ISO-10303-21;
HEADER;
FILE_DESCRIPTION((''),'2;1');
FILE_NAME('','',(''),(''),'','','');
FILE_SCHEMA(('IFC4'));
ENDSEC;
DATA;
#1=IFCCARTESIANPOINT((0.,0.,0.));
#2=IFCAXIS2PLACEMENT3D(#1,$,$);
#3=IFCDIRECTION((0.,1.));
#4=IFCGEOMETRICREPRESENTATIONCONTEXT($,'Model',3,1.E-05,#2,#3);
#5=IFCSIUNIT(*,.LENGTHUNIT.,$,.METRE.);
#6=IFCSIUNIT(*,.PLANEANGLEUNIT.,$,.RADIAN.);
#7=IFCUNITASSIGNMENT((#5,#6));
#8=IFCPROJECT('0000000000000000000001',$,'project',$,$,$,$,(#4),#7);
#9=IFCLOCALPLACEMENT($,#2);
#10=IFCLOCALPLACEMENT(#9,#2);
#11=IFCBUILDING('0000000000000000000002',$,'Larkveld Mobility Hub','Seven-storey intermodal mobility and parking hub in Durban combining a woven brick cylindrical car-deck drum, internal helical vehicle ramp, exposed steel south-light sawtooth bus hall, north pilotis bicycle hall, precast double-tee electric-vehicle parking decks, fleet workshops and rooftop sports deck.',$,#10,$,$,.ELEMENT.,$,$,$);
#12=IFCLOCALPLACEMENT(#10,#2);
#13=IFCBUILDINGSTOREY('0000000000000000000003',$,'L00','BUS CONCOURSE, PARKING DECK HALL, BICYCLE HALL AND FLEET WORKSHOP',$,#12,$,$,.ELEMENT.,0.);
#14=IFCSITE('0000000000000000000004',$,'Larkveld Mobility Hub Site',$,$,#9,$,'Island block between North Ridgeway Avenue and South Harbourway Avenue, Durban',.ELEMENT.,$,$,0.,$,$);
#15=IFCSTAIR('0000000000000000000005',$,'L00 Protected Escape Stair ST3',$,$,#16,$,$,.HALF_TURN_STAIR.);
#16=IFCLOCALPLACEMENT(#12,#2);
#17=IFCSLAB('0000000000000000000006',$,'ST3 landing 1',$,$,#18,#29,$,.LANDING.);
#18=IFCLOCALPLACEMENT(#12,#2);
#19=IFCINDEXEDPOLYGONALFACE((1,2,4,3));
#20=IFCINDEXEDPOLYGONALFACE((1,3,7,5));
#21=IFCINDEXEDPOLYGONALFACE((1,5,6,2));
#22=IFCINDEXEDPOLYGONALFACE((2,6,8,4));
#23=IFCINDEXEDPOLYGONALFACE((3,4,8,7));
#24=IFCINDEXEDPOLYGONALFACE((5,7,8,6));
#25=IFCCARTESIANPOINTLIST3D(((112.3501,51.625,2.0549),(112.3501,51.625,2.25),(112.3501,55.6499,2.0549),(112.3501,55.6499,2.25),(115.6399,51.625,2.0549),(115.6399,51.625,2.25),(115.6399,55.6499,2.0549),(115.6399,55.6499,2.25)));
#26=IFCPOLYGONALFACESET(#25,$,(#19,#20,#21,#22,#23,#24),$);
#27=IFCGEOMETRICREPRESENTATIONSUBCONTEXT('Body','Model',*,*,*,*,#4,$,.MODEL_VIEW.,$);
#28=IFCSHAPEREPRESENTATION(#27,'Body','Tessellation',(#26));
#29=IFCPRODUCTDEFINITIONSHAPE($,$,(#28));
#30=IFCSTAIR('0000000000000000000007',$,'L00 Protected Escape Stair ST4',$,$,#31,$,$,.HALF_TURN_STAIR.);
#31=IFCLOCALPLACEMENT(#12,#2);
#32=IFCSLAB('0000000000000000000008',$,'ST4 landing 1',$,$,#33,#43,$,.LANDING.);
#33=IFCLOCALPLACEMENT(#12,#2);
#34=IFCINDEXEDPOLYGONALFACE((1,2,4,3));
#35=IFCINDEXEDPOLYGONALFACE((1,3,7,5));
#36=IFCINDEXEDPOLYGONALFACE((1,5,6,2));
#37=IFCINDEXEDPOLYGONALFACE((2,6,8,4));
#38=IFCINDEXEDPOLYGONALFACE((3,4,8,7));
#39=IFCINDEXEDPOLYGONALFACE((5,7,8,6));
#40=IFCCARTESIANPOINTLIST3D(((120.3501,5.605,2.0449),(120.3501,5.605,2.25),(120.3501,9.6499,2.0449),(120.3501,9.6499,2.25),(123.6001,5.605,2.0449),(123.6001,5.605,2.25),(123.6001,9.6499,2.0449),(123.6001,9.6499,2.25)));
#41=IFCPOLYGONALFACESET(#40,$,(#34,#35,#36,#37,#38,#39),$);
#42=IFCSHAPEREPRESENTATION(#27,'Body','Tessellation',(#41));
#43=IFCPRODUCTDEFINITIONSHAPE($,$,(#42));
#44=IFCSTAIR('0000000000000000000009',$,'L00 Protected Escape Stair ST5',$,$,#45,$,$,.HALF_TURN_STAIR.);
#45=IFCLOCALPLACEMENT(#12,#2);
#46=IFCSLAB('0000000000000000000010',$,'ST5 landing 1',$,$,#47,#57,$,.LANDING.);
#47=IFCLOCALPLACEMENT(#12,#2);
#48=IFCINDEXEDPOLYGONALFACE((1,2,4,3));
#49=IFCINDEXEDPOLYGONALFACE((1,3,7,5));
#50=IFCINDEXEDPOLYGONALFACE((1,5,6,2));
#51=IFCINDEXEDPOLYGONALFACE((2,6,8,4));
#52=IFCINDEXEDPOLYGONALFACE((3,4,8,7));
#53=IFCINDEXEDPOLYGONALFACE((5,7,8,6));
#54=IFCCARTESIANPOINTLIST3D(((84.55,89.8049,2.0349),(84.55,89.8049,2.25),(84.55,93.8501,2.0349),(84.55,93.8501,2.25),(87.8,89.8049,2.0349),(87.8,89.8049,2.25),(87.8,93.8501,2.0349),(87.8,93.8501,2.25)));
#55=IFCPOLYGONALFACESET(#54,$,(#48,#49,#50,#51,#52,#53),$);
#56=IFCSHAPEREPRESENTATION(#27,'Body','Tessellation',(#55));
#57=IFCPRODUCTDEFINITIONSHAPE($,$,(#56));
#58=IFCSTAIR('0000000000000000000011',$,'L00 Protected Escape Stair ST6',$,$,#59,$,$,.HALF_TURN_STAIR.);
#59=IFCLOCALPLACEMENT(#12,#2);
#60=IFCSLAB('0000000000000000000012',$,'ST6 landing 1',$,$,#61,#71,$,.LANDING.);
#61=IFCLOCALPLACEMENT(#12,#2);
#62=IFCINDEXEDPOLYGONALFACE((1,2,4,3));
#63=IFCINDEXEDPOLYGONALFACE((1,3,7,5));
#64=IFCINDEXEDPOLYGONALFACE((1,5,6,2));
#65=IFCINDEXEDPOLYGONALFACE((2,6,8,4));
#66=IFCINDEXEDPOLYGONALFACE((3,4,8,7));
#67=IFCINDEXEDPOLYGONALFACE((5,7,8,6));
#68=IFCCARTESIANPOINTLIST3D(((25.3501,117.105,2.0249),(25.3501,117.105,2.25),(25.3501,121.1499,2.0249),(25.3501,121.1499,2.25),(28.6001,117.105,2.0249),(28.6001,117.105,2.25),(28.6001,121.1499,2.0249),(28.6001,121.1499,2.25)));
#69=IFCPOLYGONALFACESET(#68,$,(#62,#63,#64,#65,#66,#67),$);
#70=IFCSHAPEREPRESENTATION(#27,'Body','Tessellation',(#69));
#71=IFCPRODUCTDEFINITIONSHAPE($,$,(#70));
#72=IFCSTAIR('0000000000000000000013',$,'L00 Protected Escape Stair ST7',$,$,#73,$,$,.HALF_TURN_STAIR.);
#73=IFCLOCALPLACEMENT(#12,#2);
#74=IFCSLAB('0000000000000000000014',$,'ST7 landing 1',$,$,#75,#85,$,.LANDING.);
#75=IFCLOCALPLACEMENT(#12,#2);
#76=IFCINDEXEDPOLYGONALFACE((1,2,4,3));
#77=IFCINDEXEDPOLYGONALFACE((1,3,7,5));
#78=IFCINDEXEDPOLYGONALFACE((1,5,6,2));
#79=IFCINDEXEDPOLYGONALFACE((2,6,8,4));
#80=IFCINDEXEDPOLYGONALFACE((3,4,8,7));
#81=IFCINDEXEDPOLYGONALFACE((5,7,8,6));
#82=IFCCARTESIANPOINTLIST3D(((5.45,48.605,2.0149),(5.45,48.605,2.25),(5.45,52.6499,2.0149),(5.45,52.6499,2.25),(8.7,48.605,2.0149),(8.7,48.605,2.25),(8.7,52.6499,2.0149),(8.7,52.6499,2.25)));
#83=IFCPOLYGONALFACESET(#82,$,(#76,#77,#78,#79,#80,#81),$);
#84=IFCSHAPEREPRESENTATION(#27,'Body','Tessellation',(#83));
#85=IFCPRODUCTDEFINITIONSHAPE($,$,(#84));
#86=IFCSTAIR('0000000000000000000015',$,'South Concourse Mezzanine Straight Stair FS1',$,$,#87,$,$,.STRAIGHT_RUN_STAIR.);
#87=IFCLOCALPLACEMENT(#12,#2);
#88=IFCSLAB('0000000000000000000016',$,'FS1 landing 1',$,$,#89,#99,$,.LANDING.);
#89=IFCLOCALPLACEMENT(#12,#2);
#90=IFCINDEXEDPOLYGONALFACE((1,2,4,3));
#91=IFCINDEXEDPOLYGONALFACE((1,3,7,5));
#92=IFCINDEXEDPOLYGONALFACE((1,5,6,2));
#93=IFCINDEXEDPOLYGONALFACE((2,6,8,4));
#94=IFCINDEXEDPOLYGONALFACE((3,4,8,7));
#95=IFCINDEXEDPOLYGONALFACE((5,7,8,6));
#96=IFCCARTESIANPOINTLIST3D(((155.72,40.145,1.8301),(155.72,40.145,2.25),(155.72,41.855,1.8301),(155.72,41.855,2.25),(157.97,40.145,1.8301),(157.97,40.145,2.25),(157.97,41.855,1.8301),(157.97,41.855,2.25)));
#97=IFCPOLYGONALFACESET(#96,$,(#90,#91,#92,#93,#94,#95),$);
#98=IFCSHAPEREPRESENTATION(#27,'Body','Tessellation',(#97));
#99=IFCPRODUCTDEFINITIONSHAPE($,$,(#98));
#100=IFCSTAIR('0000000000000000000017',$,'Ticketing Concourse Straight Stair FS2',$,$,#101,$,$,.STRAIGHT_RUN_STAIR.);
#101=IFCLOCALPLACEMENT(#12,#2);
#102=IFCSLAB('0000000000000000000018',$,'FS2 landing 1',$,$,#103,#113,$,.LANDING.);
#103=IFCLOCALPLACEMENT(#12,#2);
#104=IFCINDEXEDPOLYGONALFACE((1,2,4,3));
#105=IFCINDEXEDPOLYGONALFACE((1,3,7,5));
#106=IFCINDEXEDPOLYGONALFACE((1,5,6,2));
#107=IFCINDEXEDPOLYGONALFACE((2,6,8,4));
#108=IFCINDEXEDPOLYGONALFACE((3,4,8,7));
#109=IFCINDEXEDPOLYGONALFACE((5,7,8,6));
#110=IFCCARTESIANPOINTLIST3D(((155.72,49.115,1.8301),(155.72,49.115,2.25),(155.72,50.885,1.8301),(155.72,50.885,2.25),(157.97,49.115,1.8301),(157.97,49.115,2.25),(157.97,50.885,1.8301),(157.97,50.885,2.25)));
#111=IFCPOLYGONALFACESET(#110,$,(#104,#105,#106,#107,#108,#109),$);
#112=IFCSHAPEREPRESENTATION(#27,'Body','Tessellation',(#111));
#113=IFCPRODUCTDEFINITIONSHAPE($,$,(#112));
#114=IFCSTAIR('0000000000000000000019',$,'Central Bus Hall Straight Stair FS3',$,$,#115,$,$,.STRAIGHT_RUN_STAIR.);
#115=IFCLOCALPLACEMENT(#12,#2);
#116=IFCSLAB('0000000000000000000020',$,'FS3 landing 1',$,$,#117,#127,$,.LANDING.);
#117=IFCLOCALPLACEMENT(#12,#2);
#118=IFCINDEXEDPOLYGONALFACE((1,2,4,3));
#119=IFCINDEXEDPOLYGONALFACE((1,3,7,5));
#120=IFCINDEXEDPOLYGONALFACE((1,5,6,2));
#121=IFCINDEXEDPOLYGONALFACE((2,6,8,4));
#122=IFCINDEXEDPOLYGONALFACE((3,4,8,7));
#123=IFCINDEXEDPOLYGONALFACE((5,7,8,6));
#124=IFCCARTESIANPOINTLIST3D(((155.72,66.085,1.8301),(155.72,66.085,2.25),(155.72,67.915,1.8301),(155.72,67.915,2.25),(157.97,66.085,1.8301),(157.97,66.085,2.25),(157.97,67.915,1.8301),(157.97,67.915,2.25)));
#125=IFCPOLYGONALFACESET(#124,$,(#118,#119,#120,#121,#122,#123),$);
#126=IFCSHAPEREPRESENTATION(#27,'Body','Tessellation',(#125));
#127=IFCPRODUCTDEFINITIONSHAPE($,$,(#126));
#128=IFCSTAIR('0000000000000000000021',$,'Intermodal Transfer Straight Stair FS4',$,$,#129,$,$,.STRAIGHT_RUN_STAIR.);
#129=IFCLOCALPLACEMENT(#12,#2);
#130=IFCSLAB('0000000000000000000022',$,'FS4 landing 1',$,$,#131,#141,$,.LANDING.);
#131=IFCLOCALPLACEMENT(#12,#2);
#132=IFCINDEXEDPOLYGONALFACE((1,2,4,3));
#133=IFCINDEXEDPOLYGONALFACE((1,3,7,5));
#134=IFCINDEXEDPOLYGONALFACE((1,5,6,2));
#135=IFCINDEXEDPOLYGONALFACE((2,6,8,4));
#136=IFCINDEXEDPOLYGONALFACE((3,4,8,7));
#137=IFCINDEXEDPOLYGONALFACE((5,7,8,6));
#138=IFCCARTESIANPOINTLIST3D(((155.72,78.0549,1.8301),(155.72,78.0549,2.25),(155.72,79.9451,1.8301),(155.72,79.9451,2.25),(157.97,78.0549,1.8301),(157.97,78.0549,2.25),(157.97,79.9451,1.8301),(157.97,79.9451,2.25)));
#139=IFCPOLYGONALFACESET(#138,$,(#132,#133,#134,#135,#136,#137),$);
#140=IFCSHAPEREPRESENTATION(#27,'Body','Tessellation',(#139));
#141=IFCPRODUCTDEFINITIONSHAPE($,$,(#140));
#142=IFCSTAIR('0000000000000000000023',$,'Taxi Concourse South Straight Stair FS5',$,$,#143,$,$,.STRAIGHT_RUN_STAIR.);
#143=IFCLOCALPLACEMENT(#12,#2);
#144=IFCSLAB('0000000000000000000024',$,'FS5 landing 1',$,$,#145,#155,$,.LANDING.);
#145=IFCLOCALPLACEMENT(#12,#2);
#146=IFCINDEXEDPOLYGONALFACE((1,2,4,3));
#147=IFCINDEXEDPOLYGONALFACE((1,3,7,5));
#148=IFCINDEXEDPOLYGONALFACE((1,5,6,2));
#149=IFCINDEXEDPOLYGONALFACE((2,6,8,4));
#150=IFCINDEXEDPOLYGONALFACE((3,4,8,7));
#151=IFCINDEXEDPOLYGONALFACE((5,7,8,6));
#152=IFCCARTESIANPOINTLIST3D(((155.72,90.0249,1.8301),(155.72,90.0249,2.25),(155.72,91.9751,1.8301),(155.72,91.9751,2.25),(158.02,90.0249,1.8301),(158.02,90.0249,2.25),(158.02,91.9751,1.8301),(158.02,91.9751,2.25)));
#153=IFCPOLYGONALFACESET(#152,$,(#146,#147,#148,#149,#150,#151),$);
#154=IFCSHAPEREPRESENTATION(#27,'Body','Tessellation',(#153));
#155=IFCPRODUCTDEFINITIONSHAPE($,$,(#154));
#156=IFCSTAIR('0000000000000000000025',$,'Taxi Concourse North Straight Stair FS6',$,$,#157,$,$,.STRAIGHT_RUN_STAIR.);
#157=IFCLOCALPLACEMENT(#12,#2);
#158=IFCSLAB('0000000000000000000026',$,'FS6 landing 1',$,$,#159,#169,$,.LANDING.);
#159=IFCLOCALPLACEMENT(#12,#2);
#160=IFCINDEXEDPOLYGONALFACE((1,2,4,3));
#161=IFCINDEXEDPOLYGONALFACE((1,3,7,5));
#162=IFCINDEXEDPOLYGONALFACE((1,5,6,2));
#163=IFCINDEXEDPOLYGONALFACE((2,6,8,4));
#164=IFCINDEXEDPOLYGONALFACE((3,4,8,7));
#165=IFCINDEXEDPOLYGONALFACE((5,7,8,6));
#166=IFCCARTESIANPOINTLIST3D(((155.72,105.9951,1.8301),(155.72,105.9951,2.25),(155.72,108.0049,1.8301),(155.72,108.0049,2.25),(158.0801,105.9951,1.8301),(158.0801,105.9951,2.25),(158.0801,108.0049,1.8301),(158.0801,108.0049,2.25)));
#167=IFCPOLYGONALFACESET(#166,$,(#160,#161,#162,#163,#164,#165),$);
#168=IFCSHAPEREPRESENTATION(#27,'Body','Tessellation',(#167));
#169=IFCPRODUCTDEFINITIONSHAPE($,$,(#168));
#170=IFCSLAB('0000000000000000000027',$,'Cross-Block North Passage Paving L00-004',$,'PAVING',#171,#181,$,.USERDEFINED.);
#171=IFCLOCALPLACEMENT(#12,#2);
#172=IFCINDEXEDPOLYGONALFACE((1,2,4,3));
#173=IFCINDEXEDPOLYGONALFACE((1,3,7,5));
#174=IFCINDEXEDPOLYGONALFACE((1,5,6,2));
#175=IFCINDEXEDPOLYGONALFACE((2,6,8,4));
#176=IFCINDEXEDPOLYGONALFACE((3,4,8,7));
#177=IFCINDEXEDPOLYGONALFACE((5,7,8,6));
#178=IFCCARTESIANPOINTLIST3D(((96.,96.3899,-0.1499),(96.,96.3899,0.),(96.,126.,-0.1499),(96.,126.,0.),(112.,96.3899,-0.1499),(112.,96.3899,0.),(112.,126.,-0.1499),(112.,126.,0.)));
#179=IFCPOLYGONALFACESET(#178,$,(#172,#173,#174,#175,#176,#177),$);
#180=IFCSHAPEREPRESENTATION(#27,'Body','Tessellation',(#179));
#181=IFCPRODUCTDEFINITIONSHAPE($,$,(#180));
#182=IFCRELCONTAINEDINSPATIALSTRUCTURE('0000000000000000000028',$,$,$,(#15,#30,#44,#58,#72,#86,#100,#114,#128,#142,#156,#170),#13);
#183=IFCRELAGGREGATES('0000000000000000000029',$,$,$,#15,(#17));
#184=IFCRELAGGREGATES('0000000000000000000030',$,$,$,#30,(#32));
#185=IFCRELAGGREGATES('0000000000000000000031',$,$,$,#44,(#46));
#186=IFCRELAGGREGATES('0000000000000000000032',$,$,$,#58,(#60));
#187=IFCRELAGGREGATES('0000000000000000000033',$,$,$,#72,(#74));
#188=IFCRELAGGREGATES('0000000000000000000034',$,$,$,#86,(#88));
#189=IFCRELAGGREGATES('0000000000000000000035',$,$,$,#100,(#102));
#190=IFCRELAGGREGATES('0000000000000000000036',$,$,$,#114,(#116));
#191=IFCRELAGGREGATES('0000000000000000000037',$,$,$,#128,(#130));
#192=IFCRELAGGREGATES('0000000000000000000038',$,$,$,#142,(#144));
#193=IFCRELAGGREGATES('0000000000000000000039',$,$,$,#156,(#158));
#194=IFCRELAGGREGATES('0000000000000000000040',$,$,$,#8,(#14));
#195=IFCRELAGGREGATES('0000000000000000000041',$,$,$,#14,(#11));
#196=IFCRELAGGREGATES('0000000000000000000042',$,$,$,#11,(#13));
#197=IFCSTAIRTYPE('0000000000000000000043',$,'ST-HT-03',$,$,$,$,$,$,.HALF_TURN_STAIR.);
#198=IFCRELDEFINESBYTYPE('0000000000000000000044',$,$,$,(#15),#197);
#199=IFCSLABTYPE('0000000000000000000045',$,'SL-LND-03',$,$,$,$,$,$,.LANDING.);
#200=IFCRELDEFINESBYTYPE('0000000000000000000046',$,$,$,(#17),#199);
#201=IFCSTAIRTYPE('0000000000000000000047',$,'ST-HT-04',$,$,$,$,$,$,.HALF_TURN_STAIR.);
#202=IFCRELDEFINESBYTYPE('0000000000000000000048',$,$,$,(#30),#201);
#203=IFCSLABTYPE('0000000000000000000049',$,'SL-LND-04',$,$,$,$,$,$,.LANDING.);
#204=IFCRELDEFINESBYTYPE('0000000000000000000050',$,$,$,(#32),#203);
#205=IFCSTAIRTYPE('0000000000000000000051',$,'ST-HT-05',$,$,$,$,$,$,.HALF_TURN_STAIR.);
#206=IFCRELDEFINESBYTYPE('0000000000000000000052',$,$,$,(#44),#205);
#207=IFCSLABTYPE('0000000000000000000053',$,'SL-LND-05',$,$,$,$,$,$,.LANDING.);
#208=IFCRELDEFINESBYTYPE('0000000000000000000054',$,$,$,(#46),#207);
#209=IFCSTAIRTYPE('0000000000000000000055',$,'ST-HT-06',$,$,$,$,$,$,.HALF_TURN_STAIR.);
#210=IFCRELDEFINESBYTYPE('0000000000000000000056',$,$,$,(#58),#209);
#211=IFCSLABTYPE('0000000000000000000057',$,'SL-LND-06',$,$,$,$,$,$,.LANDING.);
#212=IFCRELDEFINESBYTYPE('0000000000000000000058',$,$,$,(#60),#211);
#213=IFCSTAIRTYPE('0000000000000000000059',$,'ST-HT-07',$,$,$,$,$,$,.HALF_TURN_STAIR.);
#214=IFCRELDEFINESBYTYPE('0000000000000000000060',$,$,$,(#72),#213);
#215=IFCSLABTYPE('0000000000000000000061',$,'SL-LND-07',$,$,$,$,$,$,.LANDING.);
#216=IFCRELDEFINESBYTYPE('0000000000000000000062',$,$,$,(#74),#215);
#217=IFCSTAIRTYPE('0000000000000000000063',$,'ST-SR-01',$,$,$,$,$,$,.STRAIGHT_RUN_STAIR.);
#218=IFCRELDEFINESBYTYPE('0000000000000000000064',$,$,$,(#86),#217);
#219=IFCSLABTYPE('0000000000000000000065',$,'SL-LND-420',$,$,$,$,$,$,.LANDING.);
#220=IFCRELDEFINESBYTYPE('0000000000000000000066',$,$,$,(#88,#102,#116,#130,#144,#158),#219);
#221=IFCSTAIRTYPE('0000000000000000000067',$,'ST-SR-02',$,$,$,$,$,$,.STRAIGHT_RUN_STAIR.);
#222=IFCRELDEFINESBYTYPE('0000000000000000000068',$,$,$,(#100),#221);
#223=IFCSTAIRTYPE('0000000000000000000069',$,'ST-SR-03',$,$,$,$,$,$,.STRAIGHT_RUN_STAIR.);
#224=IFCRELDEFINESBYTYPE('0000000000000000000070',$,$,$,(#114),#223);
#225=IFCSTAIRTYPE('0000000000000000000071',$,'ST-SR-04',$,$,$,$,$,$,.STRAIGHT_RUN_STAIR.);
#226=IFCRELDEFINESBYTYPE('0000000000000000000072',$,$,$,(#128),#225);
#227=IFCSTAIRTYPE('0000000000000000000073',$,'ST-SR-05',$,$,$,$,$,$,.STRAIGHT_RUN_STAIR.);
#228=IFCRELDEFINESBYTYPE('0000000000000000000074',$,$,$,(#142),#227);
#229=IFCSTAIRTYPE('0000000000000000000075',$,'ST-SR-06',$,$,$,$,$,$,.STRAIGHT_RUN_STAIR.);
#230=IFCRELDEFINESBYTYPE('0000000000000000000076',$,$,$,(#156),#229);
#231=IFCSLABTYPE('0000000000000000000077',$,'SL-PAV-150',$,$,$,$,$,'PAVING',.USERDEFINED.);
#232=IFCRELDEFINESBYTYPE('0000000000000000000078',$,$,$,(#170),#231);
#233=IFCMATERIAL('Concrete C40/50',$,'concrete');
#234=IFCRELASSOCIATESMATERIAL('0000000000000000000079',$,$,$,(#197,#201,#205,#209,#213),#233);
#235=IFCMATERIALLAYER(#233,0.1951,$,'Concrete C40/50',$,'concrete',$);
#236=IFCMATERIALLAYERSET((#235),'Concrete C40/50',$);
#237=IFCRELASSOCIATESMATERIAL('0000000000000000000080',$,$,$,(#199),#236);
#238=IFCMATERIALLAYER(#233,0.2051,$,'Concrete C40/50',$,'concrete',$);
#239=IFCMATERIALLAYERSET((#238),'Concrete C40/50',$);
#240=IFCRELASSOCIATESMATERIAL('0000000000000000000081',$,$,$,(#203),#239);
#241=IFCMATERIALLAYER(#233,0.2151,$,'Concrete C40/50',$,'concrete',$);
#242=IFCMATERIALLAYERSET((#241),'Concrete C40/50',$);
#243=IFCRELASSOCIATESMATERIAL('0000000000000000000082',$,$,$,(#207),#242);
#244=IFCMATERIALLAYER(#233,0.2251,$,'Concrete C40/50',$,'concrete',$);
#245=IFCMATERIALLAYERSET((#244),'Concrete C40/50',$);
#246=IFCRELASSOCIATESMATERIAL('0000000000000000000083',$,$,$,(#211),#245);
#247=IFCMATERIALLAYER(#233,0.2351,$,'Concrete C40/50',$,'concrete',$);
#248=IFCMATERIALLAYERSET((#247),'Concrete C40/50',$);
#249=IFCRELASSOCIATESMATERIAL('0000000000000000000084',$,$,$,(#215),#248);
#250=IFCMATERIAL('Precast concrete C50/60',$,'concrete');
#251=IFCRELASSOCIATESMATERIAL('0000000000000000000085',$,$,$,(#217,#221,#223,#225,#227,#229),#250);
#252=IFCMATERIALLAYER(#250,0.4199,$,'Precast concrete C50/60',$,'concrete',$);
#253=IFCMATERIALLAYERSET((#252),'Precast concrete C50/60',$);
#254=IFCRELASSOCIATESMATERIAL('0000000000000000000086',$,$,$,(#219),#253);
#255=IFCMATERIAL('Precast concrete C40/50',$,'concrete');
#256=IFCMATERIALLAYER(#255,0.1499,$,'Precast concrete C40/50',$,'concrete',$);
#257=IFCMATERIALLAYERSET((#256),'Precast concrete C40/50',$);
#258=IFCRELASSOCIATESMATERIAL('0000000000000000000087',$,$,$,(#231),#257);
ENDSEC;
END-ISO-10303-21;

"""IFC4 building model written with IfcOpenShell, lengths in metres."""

from ifc_helpers import new_model, si_unit, direction, frame, origin, place, context, subcontext, project, spatial, polyline, outline, extrude, material, layer, layer_set, type_object, element, aggregate, save


model = new_model("IFC4")

# Units and contexts
model_context = context("Model", 3, precision=1e-05, world=origin(), true_north=direction((0.0, 1.0)))
body_context = subcontext(model_context, "Body", "Model", "MODEL_VIEW")
ifc_project = project(units=[si_unit("LENGTHUNIT", "METRE"), si_unit("PLANEANGLEUNIT", "RADIAN")], contexts=[model_context])

# Site, building, storey
site_placement = place(None, origin())
site = spatial("IfcSite", under=ifc_project, at=site_placement, Name="Larkveld Mobility Hub Site", LongName="Island block between North Ridgeway Avenue and South Harbourway Avenue, Durban", CompositionType="ELEMENT", RefElevation=0.0)
building_placement = place(site_placement, origin())
building = spatial("IfcBuilding", under=site, at=building_placement, Name="Larkveld Mobility Hub", Description="Seven-storey intermodal mobility and parking hub in Durban combining a woven brick cylindrical car-deck drum, internal helical vehicle ramp, exposed steel south-light sawtooth bus hall, north pilotis bicycle hall, precast double-tee electric-vehicle parking decks, fleet workshops and rooftop sports deck.", CompositionType="ELEMENT")
storey_placement = place(building_placement, origin())
storey = spatial("IfcBuildingStorey", under=building, at=storey_placement, Name="L00", Description="BUS CONCOURSE, PARKING DECK HALL, BICYCLE HALL AND FLEET WORKSHOP", CompositionType="ELEMENT", Elevation=0.0)

# Shared definitions
ifc_material_1 = material(Name="Concrete C40/50", Category="concrete")

# Stairs, slabs
stair_type_1 = type_object("IfcStairType", Name="ST-HT-03", PredefinedType="HALF_TURN_STAIR", material=ifc_material_1)
stair_1_placement = place(storey_placement, origin())
stair_1 = element("IfcStair", 1, at=stair_1_placement, inside=storey, type_object=stair_type_1, Name="L00 Protected Escape Stair ST3", PredefinedType="HALF_TURN_STAIR")
ifc_layer_1 = layer(ifc_material_1, 0.1951, Name="Concrete C40/50", Category="concrete")
ifc_layer_set_1 = layer_set([ifc_layer_1], Name="Concrete C40/50")
slab_type_1 = type_object("IfcSlabType", Name="SL-LND-03", PredefinedType="LANDING", material=ifc_layer_set_1)
slab_1_placement = place(storey_placement, frame((0.0, 0.0, 2.0549)))
slab_1 = element("IfcSlab", 2, at=slab_1_placement, type_object=slab_type_1, Name="ST3 landing 1", PredefinedType="LANDING", context=body_context, shape_type="SweptSolid", body=[
    extrude(outline(polyline([(115.6399, 51.625), (115.6399, 55.6499), (112.3501, 55.6499), (112.3501, 51.625), (115.6399, 51.625)])), origin(), (0.0, 0.0, 1.0), 0.1951),
])
aggregate(stair_1, [slab_1])
stair_type_2 = type_object("IfcStairType", Name="ST-HT-04", PredefinedType="HALF_TURN_STAIR", material=ifc_material_1)
stair_2_placement = place(storey_placement, origin())
stair_2 = element("IfcStair", 3, at=stair_2_placement, inside=storey, type_object=stair_type_2, Name="L00 Protected Escape Stair ST4", PredefinedType="HALF_TURN_STAIR")
ifc_layer_2 = layer(ifc_material_1, 0.2051, Name="Concrete C40/50", Category="concrete")
ifc_layer_set_2 = layer_set([ifc_layer_2], Name="Concrete C40/50")
slab_type_2 = type_object("IfcSlabType", Name="SL-LND-04", PredefinedType="LANDING", material=ifc_layer_set_2)
slab_2_placement = place(storey_placement, frame((0.0, 0.0, 2.0449)))
slab_2 = element("IfcSlab", 4, at=slab_2_placement, type_object=slab_type_2, Name="ST4 landing 1", PredefinedType="LANDING", context=body_context, shape_type="SweptSolid", body=[
    extrude(outline(polyline([(123.6001, 5.605), (123.6001, 9.6499), (120.3501, 9.6499), (120.3501, 5.605), (123.6001, 5.605)])), origin(), (0.0, 0.0, 1.0), 0.2051),
])
aggregate(stair_2, [slab_2])
stair_type_3 = type_object("IfcStairType", Name="ST-HT-05", PredefinedType="HALF_TURN_STAIR", material=ifc_material_1)
stair_3_placement = place(storey_placement, origin())
stair_3 = element("IfcStair", 5, at=stair_3_placement, inside=storey, type_object=stair_type_3, Name="L00 Protected Escape Stair ST5", PredefinedType="HALF_TURN_STAIR")
ifc_layer_3 = layer(ifc_material_1, 0.2151, Name="Concrete C40/50", Category="concrete")
ifc_layer_set_3 = layer_set([ifc_layer_3], Name="Concrete C40/50")
slab_type_3 = type_object("IfcSlabType", Name="SL-LND-05", PredefinedType="LANDING", material=ifc_layer_set_3)
slab_3_placement = place(storey_placement, frame((0.0, 0.0, 2.0349)))
slab_3 = element("IfcSlab", 6, at=slab_3_placement, type_object=slab_type_3, Name="ST5 landing 1", PredefinedType="LANDING", context=body_context, shape_type="SweptSolid", body=[
    extrude(outline(polyline([(87.8, 89.8049), (87.8, 93.8501), (84.55, 93.8501), (84.55, 89.8049), (87.8, 89.8049)])), origin(), (0.0, 0.0, 1.0), 0.2151),
])
aggregate(stair_3, [slab_3])
stair_type_4 = type_object("IfcStairType", Name="ST-HT-06", PredefinedType="HALF_TURN_STAIR", material=ifc_material_1)
stair_4_placement = place(storey_placement, origin())
stair_4 = element("IfcStair", 7, at=stair_4_placement, inside=storey, type_object=stair_type_4, Name="L00 Protected Escape Stair ST6", PredefinedType="HALF_TURN_STAIR")
ifc_layer_4 = layer(ifc_material_1, 0.2251, Name="Concrete C40/50", Category="concrete")
ifc_layer_set_4 = layer_set([ifc_layer_4], Name="Concrete C40/50")
slab_type_4 = type_object("IfcSlabType", Name="SL-LND-06", PredefinedType="LANDING", material=ifc_layer_set_4)
slab_4_placement = place(storey_placement, frame((0.0, 0.0, 2.0249)))
slab_4 = element("IfcSlab", 8, at=slab_4_placement, type_object=slab_type_4, Name="ST6 landing 1", PredefinedType="LANDING", context=body_context, shape_type="SweptSolid", body=[
    extrude(outline(polyline([(28.6001, 117.105), (28.6001, 121.1499), (25.3501, 121.1499), (25.3501, 117.105), (28.6001, 117.105)])), origin(), (0.0, 0.0, 1.0), 0.2251),
])
aggregate(stair_4, [slab_4])
stair_type_5 = type_object("IfcStairType", Name="ST-HT-07", PredefinedType="HALF_TURN_STAIR", material=ifc_material_1)
stair_5_placement = place(storey_placement, origin())
stair_5 = element("IfcStair", 9, at=stair_5_placement, inside=storey, type_object=stair_type_5, Name="L00 Protected Escape Stair ST7", PredefinedType="HALF_TURN_STAIR")
ifc_layer_5 = layer(ifc_material_1, 0.2351, Name="Concrete C40/50", Category="concrete")
ifc_layer_set_5 = layer_set([ifc_layer_5], Name="Concrete C40/50")
slab_type_5 = type_object("IfcSlabType", Name="SL-LND-07", PredefinedType="LANDING", material=ifc_layer_set_5)
slab_5_placement = place(storey_placement, frame((0.0, 0.0, 2.0149)))
slab_5 = element("IfcSlab", 10, at=slab_5_placement, type_object=slab_type_5, Name="ST7 landing 1", PredefinedType="LANDING", context=body_context, shape_type="SweptSolid", body=[
    extrude(outline(polyline([(8.7, 48.605), (8.7, 52.6499), (5.45, 52.6499), (5.45, 48.605), (8.7, 48.605)])), origin(), (0.0, 0.0, 1.0), 0.2351),
])
aggregate(stair_5, [slab_5])
ifc_material_2 = material(Name="Precast concrete C50/60", Category="concrete")
stair_type_6 = type_object("IfcStairType", Name="ST-SR-01", PredefinedType="STRAIGHT_RUN_STAIR", material=ifc_material_2)
stair_6_placement = place(storey_placement, origin())
stair_6 = element("IfcStair", 11, at=stair_6_placement, inside=storey, type_object=stair_type_6, Name="South Concourse Mezzanine Straight Stair FS1", PredefinedType="STRAIGHT_RUN_STAIR")
ifc_layer_6 = layer(ifc_material_2, 0.4199, Name="Precast concrete C50/60", Category="concrete")
ifc_layer_set_6 = layer_set([ifc_layer_6], Name="Precast concrete C50/60")
slab_type_6 = type_object("IfcSlabType", Name="SL-LND-420", PredefinedType="LANDING", material=ifc_layer_set_6)
slab_6_placement = place(storey_placement, frame((0.0, 0.0, 1.8301)))
slab_6 = element("IfcSlab", 12, at=slab_6_placement, type_object=slab_type_6, Name="FS1 landing 1", PredefinedType="LANDING", context=body_context, shape_type="SweptSolid", body=[
    extrude(outline(polyline([(157.97, 41.855), (155.72, 41.855), (155.72, 40.145), (157.97, 40.145), (157.97, 41.855)])), origin(), (0.0, 0.0, 1.0), 0.4199),
])
aggregate(stair_6, [slab_6])
stair_type_7 = type_object("IfcStairType", Name="ST-SR-02", PredefinedType="STRAIGHT_RUN_STAIR", material=ifc_material_2)
stair_7_placement = place(storey_placement, origin())
stair_7 = element("IfcStair", 13, at=stair_7_placement, inside=storey, type_object=stair_type_7, Name="Ticketing Concourse Straight Stair FS2", PredefinedType="STRAIGHT_RUN_STAIR")
slab_7_placement = place(storey_placement, frame((0.0, 0.0, 1.8301)))
slab_7 = element("IfcSlab", 14, at=slab_7_placement, type_object=slab_type_6, Name="FS2 landing 1", PredefinedType="LANDING", context=body_context, shape_type="SweptSolid", body=[
    extrude(outline(polyline([(157.97, 50.885), (155.72, 50.885), (155.72, 49.115), (157.97, 49.115), (157.97, 50.885)])), origin(), (0.0, 0.0, 1.0), 0.4199),
])
aggregate(stair_7, [slab_7])
stair_type_8 = type_object("IfcStairType", Name="ST-SR-03", PredefinedType="STRAIGHT_RUN_STAIR", material=ifc_material_2)
stair_8_placement = place(storey_placement, origin())
stair_8 = element("IfcStair", 15, at=stair_8_placement, inside=storey, type_object=stair_type_8, Name="Central Bus Hall Straight Stair FS3", PredefinedType="STRAIGHT_RUN_STAIR")
slab_8_placement = place(storey_placement, frame((0.0, 0.0, 1.8301)))
slab_8 = element("IfcSlab", 16, at=slab_8_placement, type_object=slab_type_6, Name="FS3 landing 1", PredefinedType="LANDING", context=body_context, shape_type="SweptSolid", body=[
    extrude(outline(polyline([(157.97, 67.915), (155.72, 67.915), (155.72, 66.085), (157.97, 66.085), (157.97, 67.915)])), origin(), (0.0, 0.0, 1.0), 0.4199),
])
aggregate(stair_8, [slab_8])
stair_type_9 = type_object("IfcStairType", Name="ST-SR-04", PredefinedType="STRAIGHT_RUN_STAIR", material=ifc_material_2)
stair_9_placement = place(storey_placement, origin())
stair_9 = element("IfcStair", 17, at=stair_9_placement, inside=storey, type_object=stair_type_9, Name="Intermodal Transfer Straight Stair FS4", PredefinedType="STRAIGHT_RUN_STAIR")
slab_9_placement = place(storey_placement, frame((0.0, 0.0, 1.8301)))
slab_9 = element("IfcSlab", 18, at=slab_9_placement, type_object=slab_type_6, Name="FS4 landing 1", PredefinedType="LANDING", context=body_context, shape_type="SweptSolid", body=[
    extrude(outline(polyline([(157.97, 79.9451), (155.72, 79.9451), (155.72, 78.0549), (157.97, 78.0549), (157.97, 79.9451)])), origin(), (0.0, 0.0, 1.0), 0.4199),
])
aggregate(stair_9, [slab_9])
stair_type_10 = type_object("IfcStairType", Name="ST-SR-05", PredefinedType="STRAIGHT_RUN_STAIR", material=ifc_material_2)
stair_10_placement = place(storey_placement, origin())
stair_10 = element("IfcStair", 19, at=stair_10_placement, inside=storey, type_object=stair_type_10, Name="Taxi Concourse South Straight Stair FS5", PredefinedType="STRAIGHT_RUN_STAIR")
slab_10_placement = place(storey_placement, frame((0.0, 0.0, 1.8301)))
slab_10 = element("IfcSlab", 20, at=slab_10_placement, type_object=slab_type_6, Name="FS5 landing 1", PredefinedType="LANDING", context=body_context, shape_type="SweptSolid", body=[
    extrude(outline(polyline([(158.02, 91.9751), (155.72, 91.9751), (155.72, 90.0249), (158.02, 90.0249), (158.02, 91.9751)])), origin(), (0.0, 0.0, 1.0), 0.4199),
])
aggregate(stair_10, [slab_10])
stair_type_11 = type_object("IfcStairType", Name="ST-SR-06", PredefinedType="STRAIGHT_RUN_STAIR", material=ifc_material_2)
stair_11_placement = place(storey_placement, origin())
stair_11 = element("IfcStair", 21, at=stair_11_placement, inside=storey, type_object=stair_type_11, Name="Taxi Concourse North Straight Stair FS6", PredefinedType="STRAIGHT_RUN_STAIR")
slab_11_placement = place(storey_placement, frame((0.0, 0.0, 1.8301)))
slab_11 = element("IfcSlab", 22, at=slab_11_placement, type_object=slab_type_6, Name="FS6 landing 1", PredefinedType="LANDING", context=body_context, shape_type="SweptSolid", body=[
    extrude(outline(polyline([(158.0801, 108.0049), (155.72, 108.0049), (155.72, 105.9951), (158.0801, 105.9951), (158.0801, 108.0049)])), origin(), (0.0, 0.0, 1.0), 0.4199),
])
aggregate(stair_11, [slab_11])

# Slab
ifc_material_3 = material(Name="Precast concrete C40/50", Category="concrete")
ifc_layer_7 = layer(ifc_material_3, 0.1499, Name="Precast concrete C40/50", Category="concrete")
ifc_layer_set_7 = layer_set([ifc_layer_7], Name="Precast concrete C40/50")
slab_type_7 = type_object("IfcSlabType", Name="SL-PAV-150", ElementType="PAVING", PredefinedType="USERDEFINED", material=ifc_layer_set_7)
slab_12_placement = place(storey_placement, frame((0.0, 0.0, -0.1499)))
element("IfcSlab", 23, at=slab_12_placement, inside=storey, type_object=slab_type_7, Name="Cross-Block North Passage Paving L00-004", ObjectType="PAVING", PredefinedType="USERDEFINED", context=body_context, shape_type="SweptSolid", body=[
    extrude(outline(polyline([(96.0, 96.3899), (112.0, 96.3899), (112.0, 126.0), (96.0, 126.0), (96.0, 96.3899)])), origin(), (0.0, 0.0, 1.0), 0.1499),
])

save(model, "model.ifc")
